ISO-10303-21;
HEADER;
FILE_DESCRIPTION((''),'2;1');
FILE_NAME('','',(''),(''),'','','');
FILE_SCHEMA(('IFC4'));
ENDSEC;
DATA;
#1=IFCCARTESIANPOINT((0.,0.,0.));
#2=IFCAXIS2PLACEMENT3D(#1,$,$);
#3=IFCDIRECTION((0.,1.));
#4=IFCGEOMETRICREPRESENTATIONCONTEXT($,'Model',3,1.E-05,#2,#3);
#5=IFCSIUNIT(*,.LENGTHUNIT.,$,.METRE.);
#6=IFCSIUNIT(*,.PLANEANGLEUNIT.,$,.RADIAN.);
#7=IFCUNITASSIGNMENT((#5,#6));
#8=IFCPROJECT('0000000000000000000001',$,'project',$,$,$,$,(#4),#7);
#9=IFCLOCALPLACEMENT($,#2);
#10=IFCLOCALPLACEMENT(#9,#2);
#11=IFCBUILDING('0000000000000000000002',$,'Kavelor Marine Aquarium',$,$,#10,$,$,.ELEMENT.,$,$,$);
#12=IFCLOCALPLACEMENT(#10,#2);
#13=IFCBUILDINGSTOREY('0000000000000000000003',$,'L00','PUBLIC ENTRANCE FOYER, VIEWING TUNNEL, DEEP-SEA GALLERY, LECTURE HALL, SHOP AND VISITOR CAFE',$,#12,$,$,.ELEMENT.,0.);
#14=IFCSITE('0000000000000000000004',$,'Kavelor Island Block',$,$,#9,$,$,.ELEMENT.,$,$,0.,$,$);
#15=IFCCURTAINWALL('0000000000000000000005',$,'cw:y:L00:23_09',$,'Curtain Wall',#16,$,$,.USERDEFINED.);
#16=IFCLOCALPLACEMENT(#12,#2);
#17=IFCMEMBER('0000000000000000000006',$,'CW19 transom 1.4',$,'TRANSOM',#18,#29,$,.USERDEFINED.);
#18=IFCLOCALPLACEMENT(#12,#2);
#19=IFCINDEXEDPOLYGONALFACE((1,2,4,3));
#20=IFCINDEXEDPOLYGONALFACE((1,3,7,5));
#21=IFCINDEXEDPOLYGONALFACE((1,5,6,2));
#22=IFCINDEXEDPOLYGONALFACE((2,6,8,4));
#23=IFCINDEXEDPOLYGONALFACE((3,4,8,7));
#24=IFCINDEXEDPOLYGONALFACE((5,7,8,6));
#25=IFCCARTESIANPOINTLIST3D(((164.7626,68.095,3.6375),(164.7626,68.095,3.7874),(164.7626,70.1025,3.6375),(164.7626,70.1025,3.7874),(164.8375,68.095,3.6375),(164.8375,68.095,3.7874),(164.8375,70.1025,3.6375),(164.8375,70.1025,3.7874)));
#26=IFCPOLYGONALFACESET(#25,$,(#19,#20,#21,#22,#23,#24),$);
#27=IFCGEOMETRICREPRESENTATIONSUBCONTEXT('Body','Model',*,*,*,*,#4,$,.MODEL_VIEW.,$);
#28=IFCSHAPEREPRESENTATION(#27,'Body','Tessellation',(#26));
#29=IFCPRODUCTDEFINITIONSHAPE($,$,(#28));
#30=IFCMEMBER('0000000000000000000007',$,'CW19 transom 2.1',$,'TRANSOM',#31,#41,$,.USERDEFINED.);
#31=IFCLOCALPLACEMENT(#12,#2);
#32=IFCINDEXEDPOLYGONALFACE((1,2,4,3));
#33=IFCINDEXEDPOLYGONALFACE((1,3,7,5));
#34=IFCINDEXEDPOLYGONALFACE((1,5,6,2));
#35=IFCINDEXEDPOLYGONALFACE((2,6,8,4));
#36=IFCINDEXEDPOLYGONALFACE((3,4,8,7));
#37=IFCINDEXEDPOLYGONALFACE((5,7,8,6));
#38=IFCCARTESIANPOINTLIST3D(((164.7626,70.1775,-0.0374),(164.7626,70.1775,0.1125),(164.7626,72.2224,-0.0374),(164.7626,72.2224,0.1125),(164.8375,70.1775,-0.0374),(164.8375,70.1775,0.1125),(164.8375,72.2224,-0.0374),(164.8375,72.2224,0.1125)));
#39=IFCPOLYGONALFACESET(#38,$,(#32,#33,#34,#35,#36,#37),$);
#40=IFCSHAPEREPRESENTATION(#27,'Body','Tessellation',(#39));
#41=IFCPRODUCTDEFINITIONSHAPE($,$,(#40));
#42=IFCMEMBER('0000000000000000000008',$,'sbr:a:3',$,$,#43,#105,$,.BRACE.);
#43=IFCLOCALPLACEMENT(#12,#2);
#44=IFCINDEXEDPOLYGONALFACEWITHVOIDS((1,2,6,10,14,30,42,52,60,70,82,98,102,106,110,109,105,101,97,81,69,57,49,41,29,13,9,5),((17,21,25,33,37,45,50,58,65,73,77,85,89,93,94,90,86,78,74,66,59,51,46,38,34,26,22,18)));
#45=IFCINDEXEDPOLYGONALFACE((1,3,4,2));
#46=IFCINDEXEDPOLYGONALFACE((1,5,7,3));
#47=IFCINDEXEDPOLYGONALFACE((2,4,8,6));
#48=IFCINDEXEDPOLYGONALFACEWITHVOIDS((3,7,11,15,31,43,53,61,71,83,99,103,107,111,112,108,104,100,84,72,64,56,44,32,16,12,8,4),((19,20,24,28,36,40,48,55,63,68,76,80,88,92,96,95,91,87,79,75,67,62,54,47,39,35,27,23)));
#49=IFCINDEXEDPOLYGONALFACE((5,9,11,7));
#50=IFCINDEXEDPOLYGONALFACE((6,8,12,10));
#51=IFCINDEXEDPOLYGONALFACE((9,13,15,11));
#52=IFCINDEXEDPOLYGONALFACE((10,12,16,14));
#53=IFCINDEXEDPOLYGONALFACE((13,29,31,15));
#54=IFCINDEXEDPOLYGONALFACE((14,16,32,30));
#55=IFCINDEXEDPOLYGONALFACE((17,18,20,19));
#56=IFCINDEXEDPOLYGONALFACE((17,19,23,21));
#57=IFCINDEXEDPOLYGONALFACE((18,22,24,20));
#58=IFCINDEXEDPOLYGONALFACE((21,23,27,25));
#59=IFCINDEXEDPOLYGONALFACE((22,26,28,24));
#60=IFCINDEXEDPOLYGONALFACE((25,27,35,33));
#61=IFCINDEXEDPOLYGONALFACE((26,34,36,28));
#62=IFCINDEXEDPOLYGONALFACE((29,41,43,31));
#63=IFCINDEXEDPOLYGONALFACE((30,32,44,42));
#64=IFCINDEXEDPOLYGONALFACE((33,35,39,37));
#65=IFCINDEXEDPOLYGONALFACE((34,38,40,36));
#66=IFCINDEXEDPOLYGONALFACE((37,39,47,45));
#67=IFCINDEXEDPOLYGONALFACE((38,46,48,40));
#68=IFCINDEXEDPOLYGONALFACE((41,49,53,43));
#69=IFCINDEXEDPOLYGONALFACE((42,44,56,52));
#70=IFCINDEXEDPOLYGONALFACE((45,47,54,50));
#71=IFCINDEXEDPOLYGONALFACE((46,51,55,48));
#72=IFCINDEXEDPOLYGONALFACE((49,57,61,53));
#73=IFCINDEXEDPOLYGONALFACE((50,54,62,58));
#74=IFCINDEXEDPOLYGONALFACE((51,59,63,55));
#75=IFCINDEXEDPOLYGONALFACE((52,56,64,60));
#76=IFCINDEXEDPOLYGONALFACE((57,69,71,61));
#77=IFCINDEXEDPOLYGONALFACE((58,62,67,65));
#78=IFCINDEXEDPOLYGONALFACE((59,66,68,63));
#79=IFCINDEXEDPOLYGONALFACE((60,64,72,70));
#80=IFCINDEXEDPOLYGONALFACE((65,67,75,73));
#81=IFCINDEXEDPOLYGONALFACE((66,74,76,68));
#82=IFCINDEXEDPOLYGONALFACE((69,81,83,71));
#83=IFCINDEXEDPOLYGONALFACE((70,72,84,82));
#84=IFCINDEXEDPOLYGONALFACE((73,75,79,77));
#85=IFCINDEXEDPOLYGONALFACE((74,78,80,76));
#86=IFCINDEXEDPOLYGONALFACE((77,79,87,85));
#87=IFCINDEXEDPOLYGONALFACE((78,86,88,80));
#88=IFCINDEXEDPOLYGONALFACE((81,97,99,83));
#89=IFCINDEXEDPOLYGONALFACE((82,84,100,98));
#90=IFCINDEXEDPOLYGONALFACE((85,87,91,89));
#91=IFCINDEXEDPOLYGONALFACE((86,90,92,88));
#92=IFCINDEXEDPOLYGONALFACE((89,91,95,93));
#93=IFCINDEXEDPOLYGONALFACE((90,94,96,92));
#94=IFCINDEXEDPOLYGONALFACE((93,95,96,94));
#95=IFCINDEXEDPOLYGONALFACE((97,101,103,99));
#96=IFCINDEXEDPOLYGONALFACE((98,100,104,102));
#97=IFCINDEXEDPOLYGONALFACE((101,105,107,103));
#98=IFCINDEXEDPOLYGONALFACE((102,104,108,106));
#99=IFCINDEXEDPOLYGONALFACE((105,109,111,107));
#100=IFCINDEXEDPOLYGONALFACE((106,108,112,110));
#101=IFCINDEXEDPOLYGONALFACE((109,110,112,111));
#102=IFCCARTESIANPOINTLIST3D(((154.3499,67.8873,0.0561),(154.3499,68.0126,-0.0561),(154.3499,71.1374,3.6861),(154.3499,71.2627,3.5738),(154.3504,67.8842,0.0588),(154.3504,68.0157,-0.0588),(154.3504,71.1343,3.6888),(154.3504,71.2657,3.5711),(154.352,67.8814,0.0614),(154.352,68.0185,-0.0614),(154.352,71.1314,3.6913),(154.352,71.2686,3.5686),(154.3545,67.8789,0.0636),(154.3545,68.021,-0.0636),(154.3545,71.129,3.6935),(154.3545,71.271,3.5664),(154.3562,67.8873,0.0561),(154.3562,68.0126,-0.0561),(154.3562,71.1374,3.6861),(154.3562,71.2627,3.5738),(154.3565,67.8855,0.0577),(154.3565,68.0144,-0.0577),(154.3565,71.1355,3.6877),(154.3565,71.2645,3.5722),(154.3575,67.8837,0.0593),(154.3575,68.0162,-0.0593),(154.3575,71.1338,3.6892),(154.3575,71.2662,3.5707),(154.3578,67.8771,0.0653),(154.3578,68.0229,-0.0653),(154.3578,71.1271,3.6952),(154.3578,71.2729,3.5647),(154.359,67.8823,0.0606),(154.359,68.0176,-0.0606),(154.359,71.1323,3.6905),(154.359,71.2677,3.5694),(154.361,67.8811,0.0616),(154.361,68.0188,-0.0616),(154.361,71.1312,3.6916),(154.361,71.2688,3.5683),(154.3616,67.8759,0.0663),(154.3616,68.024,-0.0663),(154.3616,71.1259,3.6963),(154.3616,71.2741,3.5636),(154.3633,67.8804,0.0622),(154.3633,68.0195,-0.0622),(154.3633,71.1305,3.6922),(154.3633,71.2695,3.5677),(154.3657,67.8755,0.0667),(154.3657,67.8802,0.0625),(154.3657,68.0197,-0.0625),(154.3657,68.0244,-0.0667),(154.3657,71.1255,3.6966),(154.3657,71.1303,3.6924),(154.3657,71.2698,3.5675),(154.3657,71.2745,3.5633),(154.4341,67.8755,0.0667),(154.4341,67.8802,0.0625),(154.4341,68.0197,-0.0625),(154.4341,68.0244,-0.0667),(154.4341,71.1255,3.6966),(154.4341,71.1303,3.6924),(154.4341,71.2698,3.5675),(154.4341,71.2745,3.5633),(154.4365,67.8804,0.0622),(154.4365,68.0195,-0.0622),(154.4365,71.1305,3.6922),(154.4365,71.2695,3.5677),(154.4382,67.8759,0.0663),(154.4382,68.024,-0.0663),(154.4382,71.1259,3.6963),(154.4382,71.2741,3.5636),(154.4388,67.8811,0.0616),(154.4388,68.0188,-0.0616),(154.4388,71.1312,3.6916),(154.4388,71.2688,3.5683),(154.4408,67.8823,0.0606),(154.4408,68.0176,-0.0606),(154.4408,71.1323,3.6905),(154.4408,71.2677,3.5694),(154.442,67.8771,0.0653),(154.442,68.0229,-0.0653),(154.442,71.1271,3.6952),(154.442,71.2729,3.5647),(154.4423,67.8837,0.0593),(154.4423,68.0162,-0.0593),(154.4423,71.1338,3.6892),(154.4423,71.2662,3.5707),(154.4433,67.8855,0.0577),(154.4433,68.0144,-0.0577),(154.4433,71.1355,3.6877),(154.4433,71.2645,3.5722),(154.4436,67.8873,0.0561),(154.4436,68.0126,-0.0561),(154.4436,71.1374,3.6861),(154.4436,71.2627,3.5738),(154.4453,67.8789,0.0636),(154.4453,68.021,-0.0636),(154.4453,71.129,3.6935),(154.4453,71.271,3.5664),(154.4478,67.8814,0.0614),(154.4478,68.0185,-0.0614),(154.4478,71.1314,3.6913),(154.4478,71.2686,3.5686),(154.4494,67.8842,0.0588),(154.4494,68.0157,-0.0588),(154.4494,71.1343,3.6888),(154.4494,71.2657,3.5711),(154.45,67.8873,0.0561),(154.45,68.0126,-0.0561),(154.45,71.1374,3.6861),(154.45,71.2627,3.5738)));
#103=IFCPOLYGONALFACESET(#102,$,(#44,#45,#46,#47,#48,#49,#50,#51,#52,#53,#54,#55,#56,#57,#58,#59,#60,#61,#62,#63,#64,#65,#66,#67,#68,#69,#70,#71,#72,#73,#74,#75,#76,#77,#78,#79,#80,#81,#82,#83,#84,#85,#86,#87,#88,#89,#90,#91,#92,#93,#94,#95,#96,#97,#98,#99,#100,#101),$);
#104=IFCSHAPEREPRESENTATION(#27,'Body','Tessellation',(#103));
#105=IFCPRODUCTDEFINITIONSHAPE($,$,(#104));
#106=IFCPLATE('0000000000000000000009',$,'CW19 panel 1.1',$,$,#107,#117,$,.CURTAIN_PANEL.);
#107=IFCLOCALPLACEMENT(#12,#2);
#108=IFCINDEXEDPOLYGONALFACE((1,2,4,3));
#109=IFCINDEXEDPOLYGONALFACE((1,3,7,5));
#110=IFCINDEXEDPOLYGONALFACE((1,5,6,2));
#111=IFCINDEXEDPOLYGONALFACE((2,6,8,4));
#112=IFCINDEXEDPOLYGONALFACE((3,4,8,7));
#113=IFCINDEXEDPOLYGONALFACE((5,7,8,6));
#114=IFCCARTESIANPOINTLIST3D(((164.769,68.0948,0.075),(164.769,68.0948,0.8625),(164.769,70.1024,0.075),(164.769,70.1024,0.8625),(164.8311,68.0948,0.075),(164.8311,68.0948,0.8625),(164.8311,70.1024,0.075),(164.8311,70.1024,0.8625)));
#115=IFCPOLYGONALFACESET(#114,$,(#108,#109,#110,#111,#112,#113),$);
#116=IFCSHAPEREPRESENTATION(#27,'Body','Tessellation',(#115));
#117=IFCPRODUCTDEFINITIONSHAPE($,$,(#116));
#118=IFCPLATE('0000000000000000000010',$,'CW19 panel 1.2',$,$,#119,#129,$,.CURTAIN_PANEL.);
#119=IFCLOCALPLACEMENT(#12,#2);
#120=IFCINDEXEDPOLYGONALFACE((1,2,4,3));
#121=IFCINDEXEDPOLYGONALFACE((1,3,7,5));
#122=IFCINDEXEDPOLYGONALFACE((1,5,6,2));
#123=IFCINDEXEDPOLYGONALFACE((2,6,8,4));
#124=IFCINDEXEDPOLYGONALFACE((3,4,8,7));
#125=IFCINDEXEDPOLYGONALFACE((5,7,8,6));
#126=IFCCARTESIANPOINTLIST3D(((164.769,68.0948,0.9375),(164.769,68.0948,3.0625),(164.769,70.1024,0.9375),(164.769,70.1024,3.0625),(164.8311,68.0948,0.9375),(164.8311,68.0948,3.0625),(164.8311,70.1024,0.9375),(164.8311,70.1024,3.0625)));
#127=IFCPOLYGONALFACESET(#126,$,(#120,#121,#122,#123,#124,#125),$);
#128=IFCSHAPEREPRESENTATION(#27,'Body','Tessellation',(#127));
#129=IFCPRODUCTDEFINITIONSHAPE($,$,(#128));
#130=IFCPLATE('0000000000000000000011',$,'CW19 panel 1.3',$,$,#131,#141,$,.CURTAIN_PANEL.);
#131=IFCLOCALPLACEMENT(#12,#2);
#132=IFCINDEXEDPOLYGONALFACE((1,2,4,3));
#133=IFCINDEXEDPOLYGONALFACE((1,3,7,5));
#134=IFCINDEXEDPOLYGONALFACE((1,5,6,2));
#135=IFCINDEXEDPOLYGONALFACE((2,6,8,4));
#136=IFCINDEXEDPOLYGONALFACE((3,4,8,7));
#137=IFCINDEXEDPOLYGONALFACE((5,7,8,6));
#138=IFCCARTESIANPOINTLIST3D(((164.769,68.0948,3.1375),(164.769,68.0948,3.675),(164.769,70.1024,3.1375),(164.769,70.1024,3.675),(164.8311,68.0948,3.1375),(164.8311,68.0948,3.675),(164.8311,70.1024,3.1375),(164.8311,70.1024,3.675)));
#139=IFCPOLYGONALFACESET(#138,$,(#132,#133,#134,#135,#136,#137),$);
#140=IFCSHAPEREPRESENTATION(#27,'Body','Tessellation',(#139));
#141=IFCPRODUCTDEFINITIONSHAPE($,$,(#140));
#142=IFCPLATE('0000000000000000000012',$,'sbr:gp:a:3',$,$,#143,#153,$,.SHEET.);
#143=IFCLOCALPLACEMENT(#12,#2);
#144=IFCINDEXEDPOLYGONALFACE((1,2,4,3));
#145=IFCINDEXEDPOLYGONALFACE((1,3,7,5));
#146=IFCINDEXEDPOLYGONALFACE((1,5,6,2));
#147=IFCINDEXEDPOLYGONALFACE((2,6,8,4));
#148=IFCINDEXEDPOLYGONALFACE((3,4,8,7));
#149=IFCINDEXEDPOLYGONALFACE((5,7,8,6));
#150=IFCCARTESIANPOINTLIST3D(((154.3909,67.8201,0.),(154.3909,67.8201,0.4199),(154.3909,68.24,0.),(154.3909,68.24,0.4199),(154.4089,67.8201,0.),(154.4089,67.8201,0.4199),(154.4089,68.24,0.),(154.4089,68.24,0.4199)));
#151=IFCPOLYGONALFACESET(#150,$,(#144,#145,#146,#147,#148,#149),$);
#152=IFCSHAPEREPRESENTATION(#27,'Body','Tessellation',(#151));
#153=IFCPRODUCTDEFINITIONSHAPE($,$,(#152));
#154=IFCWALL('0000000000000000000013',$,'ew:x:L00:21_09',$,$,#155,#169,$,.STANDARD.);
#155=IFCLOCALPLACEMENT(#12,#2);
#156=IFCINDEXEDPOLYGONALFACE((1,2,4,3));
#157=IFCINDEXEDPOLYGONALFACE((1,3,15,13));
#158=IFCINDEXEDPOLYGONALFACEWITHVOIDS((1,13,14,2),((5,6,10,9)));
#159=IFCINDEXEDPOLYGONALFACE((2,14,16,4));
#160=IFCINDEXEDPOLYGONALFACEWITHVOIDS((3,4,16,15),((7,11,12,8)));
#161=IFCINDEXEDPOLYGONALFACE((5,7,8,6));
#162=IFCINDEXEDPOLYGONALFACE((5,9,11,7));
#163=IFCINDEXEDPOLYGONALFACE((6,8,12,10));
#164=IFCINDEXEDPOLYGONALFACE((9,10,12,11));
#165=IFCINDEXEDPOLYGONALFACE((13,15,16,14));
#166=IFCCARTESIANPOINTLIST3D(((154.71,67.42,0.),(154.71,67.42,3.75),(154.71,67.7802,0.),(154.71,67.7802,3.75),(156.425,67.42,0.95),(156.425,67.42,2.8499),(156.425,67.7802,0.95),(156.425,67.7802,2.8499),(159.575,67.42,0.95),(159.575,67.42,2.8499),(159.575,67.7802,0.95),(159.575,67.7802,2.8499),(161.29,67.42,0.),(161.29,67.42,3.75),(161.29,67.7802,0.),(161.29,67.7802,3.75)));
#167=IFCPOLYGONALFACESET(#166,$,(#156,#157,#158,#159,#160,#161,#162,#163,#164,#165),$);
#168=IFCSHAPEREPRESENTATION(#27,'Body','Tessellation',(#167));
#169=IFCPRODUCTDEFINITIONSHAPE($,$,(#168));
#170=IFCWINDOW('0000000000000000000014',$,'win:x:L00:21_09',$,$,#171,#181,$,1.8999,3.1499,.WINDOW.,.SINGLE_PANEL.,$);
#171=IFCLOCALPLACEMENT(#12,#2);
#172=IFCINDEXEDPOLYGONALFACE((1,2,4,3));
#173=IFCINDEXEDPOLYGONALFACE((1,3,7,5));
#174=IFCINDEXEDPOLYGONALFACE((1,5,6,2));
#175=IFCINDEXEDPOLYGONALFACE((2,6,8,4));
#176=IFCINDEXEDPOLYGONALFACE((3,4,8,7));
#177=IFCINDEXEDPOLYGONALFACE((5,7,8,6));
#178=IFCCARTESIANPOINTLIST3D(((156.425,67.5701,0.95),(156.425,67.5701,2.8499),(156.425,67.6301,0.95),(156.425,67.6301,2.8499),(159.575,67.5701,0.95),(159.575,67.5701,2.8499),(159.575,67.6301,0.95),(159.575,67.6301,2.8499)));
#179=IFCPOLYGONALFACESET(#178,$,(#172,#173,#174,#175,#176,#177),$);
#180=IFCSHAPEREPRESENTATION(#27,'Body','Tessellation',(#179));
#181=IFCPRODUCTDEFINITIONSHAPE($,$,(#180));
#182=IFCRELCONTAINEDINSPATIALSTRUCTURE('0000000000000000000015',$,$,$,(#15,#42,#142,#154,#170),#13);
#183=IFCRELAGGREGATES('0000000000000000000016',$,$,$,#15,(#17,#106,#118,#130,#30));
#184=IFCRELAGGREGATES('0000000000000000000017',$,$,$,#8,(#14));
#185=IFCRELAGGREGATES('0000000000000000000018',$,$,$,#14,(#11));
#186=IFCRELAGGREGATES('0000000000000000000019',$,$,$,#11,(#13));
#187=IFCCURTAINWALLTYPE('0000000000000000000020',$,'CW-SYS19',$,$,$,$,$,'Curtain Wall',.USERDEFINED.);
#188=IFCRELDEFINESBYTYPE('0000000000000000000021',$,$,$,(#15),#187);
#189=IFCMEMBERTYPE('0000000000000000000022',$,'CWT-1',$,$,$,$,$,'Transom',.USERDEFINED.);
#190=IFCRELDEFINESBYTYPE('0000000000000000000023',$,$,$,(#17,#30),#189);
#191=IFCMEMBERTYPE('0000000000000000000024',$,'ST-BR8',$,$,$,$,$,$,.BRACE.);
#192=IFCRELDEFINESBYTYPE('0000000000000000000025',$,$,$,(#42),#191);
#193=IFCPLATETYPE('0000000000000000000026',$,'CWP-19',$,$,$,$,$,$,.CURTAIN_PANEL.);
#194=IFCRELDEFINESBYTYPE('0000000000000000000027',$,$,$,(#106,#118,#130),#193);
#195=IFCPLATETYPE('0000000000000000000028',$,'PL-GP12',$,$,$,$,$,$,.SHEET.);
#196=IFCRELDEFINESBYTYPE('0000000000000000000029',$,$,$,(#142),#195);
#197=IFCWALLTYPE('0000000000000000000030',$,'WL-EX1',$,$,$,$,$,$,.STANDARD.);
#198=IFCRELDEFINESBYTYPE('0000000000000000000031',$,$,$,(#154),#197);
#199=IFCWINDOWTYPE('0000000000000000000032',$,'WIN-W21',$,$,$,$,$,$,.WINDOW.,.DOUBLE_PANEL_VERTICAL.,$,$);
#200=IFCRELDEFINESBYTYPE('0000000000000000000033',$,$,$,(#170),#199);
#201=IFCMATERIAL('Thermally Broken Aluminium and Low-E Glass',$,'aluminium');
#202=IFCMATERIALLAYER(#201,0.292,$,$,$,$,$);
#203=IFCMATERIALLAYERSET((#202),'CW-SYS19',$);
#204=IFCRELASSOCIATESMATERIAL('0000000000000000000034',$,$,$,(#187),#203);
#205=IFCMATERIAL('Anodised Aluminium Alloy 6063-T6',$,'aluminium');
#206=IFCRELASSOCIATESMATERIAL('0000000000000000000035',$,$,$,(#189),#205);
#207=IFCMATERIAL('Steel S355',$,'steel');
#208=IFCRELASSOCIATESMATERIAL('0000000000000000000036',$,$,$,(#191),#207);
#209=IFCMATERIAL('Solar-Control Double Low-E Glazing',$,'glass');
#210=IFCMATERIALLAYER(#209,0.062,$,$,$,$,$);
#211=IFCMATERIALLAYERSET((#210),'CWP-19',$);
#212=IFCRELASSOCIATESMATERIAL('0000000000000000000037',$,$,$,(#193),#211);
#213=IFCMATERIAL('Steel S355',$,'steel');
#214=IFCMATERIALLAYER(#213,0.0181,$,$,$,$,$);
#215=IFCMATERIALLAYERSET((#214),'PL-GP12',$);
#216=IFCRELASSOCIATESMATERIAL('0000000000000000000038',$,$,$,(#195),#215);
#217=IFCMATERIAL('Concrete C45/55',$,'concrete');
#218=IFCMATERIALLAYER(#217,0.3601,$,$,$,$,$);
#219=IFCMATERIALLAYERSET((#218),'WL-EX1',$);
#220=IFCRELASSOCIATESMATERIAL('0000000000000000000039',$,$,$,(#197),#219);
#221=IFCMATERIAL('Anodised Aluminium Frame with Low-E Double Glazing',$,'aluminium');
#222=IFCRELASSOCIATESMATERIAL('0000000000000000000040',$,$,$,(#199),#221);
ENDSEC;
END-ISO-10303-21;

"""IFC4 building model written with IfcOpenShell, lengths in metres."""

from ifc_helpers import new_model, si_unit, direction, frame, frame_2d, origin, origin_2d, place, context, subcontext, project, spatial, rectangle, hollow_rectangle, extrude, material, layer, layer_set, material_profile, profile_set, type_object, element, fill, aggregate, save


model = new_model("IFC4")

# Units and contexts
model_context = context("Model", 3, precision=1e-05, world=origin(), true_north=direction((0.0, 1.0)))
body_context = subcontext(model_context, "Body", "Model", "MODEL_VIEW")
ifc_project = project(units=[si_unit("LENGTHUNIT", "METRE"), si_unit("PLANEANGLEUNIT", "RADIAN")], contexts=[model_context])

# Site, building, storey
site_placement = place(None, origin())
site = spatial("IfcSite", under=ifc_project, at=site_placement, Name="Kavelor Island Block", CompositionType="ELEMENT", RefElevation=0.0)
building_placement = place(site_placement, origin())
building = spatial("IfcBuilding", under=site, at=building_placement, Name="Kavelor Marine Aquarium", CompositionType="ELEMENT")
storey_placement = place(building_placement, origin())
storey = spatial("IfcBuildingStorey", under=building, at=storey_placement, Name="L00", Description="PUBLIC ENTRANCE FOYER, VIEWING TUNNEL, DEEP-SEA GALLERY, LECTURE HALL, SHOP AND VISITOR CAFE", CompositionType="ELEMENT", Elevation=0.0)

# Curtain wall
ifc_material_1 = material(Name="Thermally Broken Aluminium and Low-E Glass", Category="aluminium")
ifc_layer_1 = layer(ifc_material_1, 0.292)
ifc_layer_set_1 = layer_set([ifc_layer_1], Name="CW-SYS19")
curtain_wall_type_1 = type_object("IfcCurtainWallType", Name="CW-SYS19", ElementType="Curtain Wall", PredefinedType="USERDEFINED", material=ifc_layer_set_1)
curtain_wall_1_placement = place(storey_placement, origin())
curtain_wall_1 = element("IfcCurtainWall", 1, at=curtain_wall_1_placement, inside=storey, type_object=curtain_wall_type_1, Name="cw:y:L00:23_09", ObjectType="Curtain Wall", PredefinedType="USERDEFINED")

# Members
ifc_material_2 = material(Name="Anodised Aluminium Alloy 6063-T6", Category="aluminium")
ifc_material_profile_1 = material_profile(ifc_material_2, rectangle(XDim=0.075, YDim=0.1499, at=origin_2d()), Name="CW-TRN 75x150")
ifc_profile_set_1 = profile_set([ifc_material_profile_1], Name="Anodised Aluminium Alloy 6063-T6")
member_type_1 = type_object("IfcMemberType", Name="CWT-1", ElementType="Transom", PredefinedType="USERDEFINED", material=ifc_profile_set_1)
member_1_placement = place(storey_placement, frame((164.8, 68.095, 3.7124), z_axis=(0.0, 1.0, 0.0), x_axis=(-1.0, 0.0, 0.0)))
member_1 = element("IfcMember", 2, at=member_1_placement, type_object=member_type_1, Name="CW19 transom 1.4", ObjectType="TRANSOM", PredefinedType="USERDEFINED", context=body_context, shape_type="SweptSolid", body=[
    extrude(rectangle(XDim=0.075, YDim=0.1499, at=origin_2d()), origin(), (0.0, 0.0, 1.0), 2.0076),
])
member_2_placement = place(storey_placement, frame((164.8, 70.1775, 0.0376), z_axis=(0.0, 1.0, 0.0), x_axis=(-1.0, 0.0, 0.0)))
member_2 = element("IfcMember", 3, at=member_2_placement, type_object=member_type_1, Name="CW19 transom 2.1", ObjectType="TRANSOM", PredefinedType="USERDEFINED", context=body_context, shape_type="SweptSolid", body=[
    extrude(rectangle(XDim=0.075, YDim=0.1499, at=origin_2d()), origin(), (0.0, 0.0, 1.0), 2.0449),
])
ifc_material_3 = material(Name="Steel S355", Category="steel")
ifc_material_profile_2 = material_profile(ifc_material_3, hollow_rectangle(XDim=0.1001, YDim=0.2, WallThickness=0.0063, InnerFilletRadius=0.0095, OuterFilletRadius=0.0159, at=origin_2d()), Name="RHS 200x100x6.3")
ifc_profile_set_2 = profile_set([ifc_material_profile_2], Name="Steel S355")
member_type_2 = type_object("IfcMemberType", Name="ST-BR8", PredefinedType="BRACE", material=ifc_profile_set_2)
member_3_placement = place(storey_placement, frame((154.3999, 67.95, 0.0), z_axis=(0.0, 0.667047, 0.745016), x_axis=(-1.0, 0.0, 0.0)))
element("IfcMember", 4, at=member_3_placement, inside=storey, type_object=member_type_2, Name="sbr:a:3", PredefinedType="BRACE", context=body_context, shape_type="SweptSolid", body=[
    extrude(hollow_rectangle(XDim=0.1001, YDim=0.2, WallThickness=0.0063, InnerFilletRadius=0.0095, OuterFilletRadius=0.0159, at=origin_2d()), origin(), (0.0, 0.0, 1.0), 4.8723),
])

# Plates
ifc_material_4 = material(Name="Solar-Control Double Low-E Glazing", Category="glass")
ifc_layer_2 = layer(ifc_material_4, 0.062)
ifc_layer_set_2 = layer_set([ifc_layer_2], Name="CWP-19")
plate_type_1 = type_object("IfcPlateType", Name="CWP-19", PredefinedType="CURTAIN_PANEL", material=ifc_layer_set_2)
plate_1_placement = place(storey_placement, frame((164.8, 69.0986, 0.075), z_axis=(0.0, 0.0, 1.0), x_axis=(0.0, 1.0, 0.0)))
plate_1 = element("IfcPlate", 5, at=plate_1_placement, type_object=plate_type_1, Name="CW19 panel 1.1", PredefinedType="CURTAIN_PANEL", context=body_context, shape_type="SweptSolid", body=[
    extrude(rectangle(XDim=2.0076, YDim=0.062, at=origin_2d()), origin(), (0.0, 0.0, 1.0), 0.7876),
])
plate_2_placement = place(storey_placement, frame((164.8, 69.0986, 0.9375), z_axis=(0.0, 0.0, 1.0), x_axis=(0.0, 1.0, 0.0)))
plate_2 = element("IfcPlate", 6, at=plate_2_placement, type_object=plate_type_1, Name="CW19 panel 1.2", PredefinedType="CURTAIN_PANEL", context=body_context, shape_type="SweptSolid", body=[
    extrude(rectangle(XDim=2.0076, YDim=0.062, at=origin_2d()), origin(), (0.0, 0.0, 1.0), 2.125),
])
plate_3_placement = place(storey_placement, frame((164.8, 69.0986, 3.1375), z_axis=(0.0, 0.0, 1.0), x_axis=(0.0, 1.0, 0.0)))
plate_3 = element("IfcPlate", 7, at=plate_3_placement, type_object=plate_type_1, Name="CW19 panel 1.3", PredefinedType="CURTAIN_PANEL", context=body_context, shape_type="SweptSolid", body=[
    extrude(rectangle(XDim=2.0076, YDim=0.062, at=origin_2d()), origin(), (0.0, 0.0, 1.0), 0.5376),
])
aggregate(curtain_wall_1, [member_1, plate_1, plate_2, plate_3, member_2])
ifc_material_5 = material(Name="Steel S355", Category="steel")
ifc_layer_3 = layer(ifc_material_5, 0.0181)
ifc_layer_set_3 = layer_set([ifc_layer_3], Name="PL-GP12")
plate_type_2 = type_object("IfcPlateType", Name="PL-GP12", PredefinedType="SHEET", material=ifc_layer_set_3)
plate_4_placement = place(storey_placement, frame((154.3999, 68.03, 0.0), z_axis=(0.0, 0.0, 1.0), x_axis=(1.0, 0.0, 0.0)))
element("IfcPlate", 8, at=plate_4_placement, inside=storey, type_object=plate_type_2, Name="sbr:gp:a:3", PredefinedType="SHEET", context=body_context, shape_type="SweptSolid", body=[
    extrude(rectangle(XDim=0.0181, YDim=0.4199, at=origin_2d()), origin(), (0.0, 0.0, 1.0), 0.4199),
])

# Wall, opening, window
ifc_material_6 = material(Name="Concrete C45/55", Category="concrete")
ifc_layer_4 = layer(ifc_material_6, 0.3601)
ifc_layer_set_4 = layer_set([ifc_layer_4], Name="WL-EX1")
wall_type_1 = type_object("IfcWallType", Name="WL-EX1", PredefinedType="STANDARD", material=ifc_layer_set_4)
wall_1_placement = place(storey_placement, frame((161.29, 67.6001, 0.0), z_axis=(0.0, 0.0, 1.0), x_axis=(-1.0, 0.0, 0.0)))
wall_1 = element("IfcWall", 9, at=wall_1_placement, inside=storey, type_object=wall_type_1, Name="ew:x:L00:21_09", PredefinedType="STANDARD", context=body_context, shape_type="SweptSolid", body=[
    extrude(rectangle(XDim=6.5801, YDim=0.3601, at=frame_2d((3.29, 0.0))), origin(), (0.0, 0.0, 1.0), 3.75),
])
opening_1_placement = place(wall_1_placement, frame((1.7151, 0.0, 0.95)))
opening_1 = element("IfcOpeningElement", 10, at=opening_1_placement, cuts=wall_1, PredefinedType="OPENING", context=body_context, shape_type="SweptSolid", body=[
    extrude(rectangle(XDim=3.1499, YDim=1.8999, at=frame_2d((1.575, 0.95))), frame((0.0, 0.1899, 0.0), z_axis=(0.0, -1.0, 0.0), x_axis=(1.0, 0.0, 0.0)), (0.0, 0.0, 1.0), 0.3801),
])
ifc_material_7 = material(Name="Anodised Aluminium Frame with Low-E Double Glazing", Category="aluminium")
window_type = type_object("IfcWindowType", Name="WIN-W21", PartitioningType="DOUBLE_PANEL_VERTICAL", PredefinedType="WINDOW", material=ifc_material_7)
window_placement = place(opening_1_placement, origin())
window = element("IfcWindow", 11, at=window_placement, inside=storey, type_object=window_type, Name="win:x:L00:21_09", OverallHeight=1.8999, OverallWidth=3.1499, PartitioningType="SINGLE_PANEL", PredefinedType="WINDOW", context=body_context, shape_type="SweptSolid", body=[
    extrude(rectangle(XDim=3.1499, YDim=1.8999, at=frame_2d((1.575, 0.95))), frame((0.0, 0.03, 0.0), z_axis=(0.0, -1.0, 0.0), x_axis=(1.0, 0.0, 0.0)), (0.0, 0.0, 1.0), 0.0601),
])
fill(opening_1, window)

save(model, "model.ifc")
